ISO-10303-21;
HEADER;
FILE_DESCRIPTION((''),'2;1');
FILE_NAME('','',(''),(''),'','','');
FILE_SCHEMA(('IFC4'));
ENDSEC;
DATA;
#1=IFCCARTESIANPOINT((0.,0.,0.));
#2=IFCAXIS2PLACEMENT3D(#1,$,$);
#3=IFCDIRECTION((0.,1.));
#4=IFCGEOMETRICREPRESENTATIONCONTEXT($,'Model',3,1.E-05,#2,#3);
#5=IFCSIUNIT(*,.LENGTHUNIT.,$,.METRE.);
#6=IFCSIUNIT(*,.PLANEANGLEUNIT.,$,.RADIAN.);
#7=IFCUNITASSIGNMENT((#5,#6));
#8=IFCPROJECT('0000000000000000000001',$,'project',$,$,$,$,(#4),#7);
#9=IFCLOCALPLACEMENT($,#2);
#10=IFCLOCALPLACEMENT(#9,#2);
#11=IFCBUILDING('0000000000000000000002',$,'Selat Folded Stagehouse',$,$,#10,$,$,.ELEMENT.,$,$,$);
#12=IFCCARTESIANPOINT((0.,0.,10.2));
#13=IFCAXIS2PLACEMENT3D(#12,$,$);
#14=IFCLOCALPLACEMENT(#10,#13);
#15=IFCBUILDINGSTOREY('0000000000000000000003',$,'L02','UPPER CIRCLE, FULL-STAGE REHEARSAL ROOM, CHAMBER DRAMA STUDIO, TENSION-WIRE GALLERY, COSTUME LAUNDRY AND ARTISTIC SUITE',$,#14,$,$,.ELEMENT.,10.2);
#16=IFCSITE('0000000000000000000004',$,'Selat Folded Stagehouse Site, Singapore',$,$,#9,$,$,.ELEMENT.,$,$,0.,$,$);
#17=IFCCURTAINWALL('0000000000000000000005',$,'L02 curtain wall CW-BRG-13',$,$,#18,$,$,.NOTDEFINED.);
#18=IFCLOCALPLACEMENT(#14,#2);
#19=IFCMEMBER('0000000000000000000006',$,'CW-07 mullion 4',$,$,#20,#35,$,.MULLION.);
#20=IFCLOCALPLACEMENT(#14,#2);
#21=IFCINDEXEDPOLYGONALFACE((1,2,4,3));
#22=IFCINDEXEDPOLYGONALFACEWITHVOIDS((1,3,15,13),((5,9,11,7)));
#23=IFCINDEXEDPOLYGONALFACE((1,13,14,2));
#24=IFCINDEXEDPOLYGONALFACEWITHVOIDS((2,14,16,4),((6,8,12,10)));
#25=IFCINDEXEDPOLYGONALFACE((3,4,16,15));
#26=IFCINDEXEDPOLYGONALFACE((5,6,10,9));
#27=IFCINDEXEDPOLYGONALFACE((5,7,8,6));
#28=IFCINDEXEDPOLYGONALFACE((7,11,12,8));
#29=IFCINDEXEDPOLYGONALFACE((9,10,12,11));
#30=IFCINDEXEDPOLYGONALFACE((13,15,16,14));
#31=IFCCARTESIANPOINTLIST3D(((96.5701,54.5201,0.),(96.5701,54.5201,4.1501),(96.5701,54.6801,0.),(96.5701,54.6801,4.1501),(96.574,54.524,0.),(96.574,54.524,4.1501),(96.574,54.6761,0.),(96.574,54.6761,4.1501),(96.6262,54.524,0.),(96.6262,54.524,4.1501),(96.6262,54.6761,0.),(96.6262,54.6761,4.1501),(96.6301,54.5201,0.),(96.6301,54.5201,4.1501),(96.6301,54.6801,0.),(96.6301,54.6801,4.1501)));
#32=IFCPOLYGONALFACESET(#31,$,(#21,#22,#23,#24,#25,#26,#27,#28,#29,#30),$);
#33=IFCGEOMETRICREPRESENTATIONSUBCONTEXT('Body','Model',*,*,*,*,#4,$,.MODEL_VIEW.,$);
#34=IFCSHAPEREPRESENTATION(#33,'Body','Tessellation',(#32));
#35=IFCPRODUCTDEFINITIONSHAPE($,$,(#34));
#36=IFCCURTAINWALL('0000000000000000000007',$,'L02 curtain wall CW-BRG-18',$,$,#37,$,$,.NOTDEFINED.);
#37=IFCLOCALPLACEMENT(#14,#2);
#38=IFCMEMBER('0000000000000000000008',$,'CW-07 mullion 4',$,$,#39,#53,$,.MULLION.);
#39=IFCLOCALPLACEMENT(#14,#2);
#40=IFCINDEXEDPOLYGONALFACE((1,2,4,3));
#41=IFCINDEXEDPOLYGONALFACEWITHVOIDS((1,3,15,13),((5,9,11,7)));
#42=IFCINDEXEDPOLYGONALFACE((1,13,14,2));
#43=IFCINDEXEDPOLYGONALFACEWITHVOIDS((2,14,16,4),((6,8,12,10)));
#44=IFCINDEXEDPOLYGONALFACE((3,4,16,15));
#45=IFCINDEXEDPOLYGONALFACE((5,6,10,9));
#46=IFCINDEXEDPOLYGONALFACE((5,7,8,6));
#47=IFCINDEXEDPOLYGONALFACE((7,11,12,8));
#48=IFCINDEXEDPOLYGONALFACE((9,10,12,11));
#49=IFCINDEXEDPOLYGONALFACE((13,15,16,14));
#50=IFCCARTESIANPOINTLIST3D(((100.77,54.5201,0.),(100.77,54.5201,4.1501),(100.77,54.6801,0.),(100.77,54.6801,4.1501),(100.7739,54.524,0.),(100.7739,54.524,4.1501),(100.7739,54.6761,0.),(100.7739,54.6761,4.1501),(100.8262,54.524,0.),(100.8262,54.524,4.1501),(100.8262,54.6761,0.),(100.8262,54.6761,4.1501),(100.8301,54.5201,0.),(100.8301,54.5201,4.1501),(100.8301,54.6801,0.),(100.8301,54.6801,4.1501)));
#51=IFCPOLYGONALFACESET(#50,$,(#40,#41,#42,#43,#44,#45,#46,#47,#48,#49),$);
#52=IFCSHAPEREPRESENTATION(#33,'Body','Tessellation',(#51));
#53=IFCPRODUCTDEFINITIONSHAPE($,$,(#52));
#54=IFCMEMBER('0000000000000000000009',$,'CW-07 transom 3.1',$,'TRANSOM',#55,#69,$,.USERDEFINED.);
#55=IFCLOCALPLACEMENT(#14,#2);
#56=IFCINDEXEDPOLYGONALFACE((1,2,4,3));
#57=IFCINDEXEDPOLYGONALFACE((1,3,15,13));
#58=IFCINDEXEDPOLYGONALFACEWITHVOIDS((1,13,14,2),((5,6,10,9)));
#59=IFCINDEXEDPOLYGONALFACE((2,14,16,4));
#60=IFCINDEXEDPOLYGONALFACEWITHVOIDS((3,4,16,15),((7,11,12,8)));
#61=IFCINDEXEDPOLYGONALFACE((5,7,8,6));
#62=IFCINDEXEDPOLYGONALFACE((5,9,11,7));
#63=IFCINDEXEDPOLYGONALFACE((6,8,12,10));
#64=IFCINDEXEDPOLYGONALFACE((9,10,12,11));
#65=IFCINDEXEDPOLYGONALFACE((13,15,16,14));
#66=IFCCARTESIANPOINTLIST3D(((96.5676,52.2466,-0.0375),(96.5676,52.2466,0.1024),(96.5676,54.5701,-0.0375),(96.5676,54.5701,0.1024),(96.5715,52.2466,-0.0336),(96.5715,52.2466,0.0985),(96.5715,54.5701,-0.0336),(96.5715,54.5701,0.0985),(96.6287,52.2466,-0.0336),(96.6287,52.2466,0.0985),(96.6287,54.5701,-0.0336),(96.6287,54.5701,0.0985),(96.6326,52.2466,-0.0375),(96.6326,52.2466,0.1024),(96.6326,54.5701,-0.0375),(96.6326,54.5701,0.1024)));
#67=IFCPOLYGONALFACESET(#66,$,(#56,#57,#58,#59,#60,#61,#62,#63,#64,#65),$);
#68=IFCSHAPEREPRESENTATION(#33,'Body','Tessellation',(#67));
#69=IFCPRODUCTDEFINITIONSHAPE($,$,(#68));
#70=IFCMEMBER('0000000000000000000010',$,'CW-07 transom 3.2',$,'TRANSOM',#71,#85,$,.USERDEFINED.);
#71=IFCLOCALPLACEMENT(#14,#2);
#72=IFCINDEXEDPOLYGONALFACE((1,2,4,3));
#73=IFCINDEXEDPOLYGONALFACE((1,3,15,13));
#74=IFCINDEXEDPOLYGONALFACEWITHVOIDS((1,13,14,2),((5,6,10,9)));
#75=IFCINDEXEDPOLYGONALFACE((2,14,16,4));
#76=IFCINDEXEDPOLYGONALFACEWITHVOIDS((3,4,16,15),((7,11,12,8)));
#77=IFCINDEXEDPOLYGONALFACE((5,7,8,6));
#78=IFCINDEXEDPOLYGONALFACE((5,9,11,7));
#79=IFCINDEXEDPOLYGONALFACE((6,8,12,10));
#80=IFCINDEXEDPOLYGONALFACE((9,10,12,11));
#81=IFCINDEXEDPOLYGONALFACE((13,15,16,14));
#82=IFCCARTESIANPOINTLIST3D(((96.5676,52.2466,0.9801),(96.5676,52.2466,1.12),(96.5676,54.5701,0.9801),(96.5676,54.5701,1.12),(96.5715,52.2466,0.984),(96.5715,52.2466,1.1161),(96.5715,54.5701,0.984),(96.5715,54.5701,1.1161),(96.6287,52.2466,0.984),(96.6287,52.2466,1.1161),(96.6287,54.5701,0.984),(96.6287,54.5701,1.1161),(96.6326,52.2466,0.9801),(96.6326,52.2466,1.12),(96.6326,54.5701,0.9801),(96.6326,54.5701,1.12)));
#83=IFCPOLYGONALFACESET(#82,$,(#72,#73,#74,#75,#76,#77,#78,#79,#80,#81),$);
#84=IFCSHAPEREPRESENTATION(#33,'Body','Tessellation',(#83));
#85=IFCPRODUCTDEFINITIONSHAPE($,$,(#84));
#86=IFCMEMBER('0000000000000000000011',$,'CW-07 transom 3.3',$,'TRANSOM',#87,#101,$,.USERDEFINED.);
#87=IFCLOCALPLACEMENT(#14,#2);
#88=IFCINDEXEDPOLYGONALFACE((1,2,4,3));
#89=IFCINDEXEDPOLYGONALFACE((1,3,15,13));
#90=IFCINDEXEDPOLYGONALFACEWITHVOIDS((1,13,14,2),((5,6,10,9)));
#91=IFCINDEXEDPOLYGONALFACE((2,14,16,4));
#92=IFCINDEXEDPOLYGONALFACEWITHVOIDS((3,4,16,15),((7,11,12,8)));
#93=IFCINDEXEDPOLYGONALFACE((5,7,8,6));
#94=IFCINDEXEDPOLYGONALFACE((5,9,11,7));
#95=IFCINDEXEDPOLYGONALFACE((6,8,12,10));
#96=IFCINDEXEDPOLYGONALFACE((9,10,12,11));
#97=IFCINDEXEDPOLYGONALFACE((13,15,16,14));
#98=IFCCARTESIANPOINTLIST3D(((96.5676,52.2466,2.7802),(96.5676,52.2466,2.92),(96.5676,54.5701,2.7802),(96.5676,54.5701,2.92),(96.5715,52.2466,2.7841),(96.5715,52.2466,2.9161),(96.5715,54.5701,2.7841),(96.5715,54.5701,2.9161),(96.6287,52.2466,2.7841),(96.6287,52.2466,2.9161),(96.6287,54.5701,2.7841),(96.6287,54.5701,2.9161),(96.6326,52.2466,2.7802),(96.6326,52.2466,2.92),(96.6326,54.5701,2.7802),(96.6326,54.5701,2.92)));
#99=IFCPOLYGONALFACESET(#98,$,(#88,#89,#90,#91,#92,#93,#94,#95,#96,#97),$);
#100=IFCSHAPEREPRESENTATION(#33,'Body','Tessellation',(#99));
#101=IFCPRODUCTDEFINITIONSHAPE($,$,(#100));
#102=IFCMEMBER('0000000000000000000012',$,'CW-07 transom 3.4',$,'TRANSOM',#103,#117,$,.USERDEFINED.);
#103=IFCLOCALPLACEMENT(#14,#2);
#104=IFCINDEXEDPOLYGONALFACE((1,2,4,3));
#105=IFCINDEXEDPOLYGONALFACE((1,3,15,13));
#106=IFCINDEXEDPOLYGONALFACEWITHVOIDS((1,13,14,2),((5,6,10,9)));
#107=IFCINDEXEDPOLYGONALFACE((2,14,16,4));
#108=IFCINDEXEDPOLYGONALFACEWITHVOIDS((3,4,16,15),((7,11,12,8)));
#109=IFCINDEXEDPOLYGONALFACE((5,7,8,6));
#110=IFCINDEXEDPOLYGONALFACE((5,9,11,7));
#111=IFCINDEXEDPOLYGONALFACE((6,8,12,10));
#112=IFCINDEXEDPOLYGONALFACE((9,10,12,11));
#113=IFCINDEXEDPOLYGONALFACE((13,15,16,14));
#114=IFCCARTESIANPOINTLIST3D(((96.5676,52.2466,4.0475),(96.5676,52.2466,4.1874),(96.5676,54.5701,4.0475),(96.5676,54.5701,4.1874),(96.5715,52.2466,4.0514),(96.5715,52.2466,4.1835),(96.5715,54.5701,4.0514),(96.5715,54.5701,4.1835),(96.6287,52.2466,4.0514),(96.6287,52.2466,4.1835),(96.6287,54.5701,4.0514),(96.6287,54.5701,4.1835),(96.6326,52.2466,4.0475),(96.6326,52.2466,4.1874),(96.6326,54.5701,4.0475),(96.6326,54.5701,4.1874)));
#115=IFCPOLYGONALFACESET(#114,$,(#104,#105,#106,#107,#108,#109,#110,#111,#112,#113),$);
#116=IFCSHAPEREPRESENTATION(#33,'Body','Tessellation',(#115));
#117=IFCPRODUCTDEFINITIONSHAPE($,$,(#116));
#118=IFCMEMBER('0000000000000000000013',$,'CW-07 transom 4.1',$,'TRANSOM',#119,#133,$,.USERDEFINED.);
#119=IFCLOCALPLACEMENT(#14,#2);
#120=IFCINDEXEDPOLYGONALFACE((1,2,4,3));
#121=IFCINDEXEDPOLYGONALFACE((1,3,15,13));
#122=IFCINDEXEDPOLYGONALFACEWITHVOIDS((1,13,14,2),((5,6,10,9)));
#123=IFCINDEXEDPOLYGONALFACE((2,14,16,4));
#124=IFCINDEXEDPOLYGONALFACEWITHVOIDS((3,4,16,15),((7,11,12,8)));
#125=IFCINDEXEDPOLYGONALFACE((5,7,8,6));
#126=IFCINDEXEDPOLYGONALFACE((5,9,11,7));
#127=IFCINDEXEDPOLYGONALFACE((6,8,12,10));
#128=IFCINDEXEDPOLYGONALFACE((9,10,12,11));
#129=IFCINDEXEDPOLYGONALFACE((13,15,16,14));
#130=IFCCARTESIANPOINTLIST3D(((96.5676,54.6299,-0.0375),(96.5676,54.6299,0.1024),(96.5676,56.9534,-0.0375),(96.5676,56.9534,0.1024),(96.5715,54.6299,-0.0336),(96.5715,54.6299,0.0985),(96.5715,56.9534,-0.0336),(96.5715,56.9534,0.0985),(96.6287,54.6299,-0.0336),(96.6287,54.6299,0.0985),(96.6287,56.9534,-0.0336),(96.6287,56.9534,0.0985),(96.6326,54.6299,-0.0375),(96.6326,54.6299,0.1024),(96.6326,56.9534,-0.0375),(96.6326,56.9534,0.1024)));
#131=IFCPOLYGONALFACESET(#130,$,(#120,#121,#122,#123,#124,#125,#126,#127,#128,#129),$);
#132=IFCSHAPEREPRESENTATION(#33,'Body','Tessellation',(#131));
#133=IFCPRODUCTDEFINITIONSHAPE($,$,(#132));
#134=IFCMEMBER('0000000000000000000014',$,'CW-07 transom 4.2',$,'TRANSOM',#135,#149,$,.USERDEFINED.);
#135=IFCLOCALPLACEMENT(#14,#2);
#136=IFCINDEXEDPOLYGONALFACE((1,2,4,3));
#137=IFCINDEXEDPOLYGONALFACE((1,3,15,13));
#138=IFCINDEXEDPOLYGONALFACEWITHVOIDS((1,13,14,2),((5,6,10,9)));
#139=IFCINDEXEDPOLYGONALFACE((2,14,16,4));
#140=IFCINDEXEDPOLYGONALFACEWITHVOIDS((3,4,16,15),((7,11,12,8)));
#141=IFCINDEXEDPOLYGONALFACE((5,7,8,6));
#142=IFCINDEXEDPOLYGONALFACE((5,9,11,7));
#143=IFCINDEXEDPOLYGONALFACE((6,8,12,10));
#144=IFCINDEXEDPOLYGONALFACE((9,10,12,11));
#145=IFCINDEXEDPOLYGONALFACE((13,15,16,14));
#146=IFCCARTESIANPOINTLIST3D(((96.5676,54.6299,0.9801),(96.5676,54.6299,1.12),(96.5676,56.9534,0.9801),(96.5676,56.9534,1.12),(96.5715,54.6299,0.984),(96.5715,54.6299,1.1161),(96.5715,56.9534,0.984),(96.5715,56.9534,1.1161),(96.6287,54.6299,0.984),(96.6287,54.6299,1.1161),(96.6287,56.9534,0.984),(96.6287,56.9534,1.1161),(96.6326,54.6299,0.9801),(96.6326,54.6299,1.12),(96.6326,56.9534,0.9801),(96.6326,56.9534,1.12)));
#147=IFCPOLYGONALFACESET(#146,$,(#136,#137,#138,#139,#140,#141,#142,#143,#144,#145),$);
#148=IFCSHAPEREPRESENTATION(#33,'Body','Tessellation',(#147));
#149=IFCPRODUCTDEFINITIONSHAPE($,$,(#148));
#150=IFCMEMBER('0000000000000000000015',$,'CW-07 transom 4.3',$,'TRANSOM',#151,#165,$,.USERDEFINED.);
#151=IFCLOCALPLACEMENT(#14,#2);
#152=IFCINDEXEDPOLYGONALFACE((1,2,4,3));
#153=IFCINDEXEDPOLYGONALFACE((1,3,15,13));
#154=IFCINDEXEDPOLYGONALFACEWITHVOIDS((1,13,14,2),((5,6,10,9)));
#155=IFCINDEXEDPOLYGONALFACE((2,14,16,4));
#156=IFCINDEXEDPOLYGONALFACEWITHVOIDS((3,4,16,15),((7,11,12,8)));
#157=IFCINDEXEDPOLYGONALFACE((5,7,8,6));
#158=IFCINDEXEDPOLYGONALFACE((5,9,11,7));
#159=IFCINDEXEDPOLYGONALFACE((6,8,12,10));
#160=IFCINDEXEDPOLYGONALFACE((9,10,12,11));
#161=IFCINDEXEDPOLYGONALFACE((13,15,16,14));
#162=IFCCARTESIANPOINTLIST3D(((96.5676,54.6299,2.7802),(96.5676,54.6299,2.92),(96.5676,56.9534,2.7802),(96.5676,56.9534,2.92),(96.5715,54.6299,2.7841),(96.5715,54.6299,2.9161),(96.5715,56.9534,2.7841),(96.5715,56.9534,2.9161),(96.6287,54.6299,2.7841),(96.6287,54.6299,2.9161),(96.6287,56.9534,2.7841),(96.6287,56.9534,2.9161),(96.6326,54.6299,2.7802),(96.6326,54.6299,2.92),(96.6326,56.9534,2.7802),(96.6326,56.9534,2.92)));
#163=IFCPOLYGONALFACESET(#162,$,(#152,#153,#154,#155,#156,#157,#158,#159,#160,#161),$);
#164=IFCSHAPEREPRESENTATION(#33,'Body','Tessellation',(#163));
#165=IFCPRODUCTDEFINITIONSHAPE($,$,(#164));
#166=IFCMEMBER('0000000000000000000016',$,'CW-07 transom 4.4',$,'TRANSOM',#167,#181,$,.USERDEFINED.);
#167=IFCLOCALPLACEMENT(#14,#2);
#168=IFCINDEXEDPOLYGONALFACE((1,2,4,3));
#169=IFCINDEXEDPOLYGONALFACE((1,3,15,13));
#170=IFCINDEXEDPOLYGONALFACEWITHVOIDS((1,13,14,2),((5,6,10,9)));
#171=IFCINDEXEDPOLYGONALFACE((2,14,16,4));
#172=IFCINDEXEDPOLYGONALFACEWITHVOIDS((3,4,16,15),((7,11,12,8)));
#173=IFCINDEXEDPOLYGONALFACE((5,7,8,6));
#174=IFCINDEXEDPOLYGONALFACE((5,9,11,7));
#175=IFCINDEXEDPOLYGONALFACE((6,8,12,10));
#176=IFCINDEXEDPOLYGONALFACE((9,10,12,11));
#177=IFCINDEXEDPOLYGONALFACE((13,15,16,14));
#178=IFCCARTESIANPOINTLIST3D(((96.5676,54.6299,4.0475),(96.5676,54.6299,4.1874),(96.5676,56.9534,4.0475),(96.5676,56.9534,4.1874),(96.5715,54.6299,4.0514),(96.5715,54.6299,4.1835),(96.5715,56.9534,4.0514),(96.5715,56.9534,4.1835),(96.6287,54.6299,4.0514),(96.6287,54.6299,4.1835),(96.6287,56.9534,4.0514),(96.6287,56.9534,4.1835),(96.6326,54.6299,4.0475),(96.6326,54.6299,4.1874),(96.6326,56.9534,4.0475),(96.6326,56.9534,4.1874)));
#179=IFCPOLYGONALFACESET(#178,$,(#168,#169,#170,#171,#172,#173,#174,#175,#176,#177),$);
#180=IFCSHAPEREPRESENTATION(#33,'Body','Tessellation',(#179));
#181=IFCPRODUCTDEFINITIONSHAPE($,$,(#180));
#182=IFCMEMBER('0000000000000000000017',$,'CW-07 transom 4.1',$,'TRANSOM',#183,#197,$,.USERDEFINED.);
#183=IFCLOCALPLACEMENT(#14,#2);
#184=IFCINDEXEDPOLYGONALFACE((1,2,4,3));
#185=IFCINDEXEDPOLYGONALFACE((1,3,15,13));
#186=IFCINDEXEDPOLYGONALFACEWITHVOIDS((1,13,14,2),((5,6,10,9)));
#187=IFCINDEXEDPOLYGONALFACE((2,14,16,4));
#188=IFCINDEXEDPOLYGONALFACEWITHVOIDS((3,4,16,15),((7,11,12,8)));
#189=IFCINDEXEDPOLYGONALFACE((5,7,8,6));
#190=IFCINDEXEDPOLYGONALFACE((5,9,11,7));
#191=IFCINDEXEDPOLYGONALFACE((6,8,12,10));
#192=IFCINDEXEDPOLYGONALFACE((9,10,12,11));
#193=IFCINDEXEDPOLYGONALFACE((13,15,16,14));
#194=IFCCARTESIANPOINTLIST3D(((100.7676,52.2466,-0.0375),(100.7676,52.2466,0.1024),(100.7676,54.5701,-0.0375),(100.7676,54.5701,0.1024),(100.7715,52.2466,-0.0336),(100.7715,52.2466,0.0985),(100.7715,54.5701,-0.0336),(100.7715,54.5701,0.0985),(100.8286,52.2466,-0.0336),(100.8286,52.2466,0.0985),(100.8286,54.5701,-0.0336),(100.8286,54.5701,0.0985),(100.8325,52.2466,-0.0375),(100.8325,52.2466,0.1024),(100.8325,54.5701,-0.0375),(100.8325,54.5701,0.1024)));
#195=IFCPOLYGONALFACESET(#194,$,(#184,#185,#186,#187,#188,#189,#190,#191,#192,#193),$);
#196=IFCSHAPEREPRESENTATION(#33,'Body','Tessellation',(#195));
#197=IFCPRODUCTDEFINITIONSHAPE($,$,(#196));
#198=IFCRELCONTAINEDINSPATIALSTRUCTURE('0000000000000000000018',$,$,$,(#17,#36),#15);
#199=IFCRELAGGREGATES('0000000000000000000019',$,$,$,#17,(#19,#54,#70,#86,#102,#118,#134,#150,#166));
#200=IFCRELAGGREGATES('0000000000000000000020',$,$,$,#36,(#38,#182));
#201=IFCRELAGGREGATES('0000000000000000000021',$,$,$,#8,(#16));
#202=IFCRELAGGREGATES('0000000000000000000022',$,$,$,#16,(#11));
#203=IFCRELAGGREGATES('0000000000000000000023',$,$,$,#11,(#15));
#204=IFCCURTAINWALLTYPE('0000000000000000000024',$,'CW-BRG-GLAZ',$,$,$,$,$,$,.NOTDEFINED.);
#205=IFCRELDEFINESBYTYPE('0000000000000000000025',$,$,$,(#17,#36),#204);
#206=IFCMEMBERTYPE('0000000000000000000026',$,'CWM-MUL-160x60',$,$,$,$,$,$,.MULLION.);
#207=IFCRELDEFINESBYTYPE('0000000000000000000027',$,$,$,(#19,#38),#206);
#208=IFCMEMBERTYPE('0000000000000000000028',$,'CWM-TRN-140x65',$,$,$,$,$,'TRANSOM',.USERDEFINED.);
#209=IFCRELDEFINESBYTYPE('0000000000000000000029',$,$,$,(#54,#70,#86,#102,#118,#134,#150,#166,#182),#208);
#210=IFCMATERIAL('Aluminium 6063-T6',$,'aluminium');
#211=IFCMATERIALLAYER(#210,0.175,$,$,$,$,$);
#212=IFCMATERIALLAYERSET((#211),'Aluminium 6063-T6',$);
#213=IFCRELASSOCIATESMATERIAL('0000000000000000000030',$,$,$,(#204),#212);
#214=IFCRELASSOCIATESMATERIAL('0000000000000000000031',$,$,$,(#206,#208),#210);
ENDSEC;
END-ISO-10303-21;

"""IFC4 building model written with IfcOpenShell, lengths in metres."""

from ifc_helpers import new_model, si_unit, direction, frame, origin, origin_2d, place, context, subcontext, project, spatial, hollow_rectangle, extrude, material, layer, layer_set, material_profile, profile_set, type_object, element, aggregate, save


model = new_model("IFC4")

# Units and contexts
model_context = context("Model", 3, precision=1e-05, world=origin(), true_north=direction((0.0, 1.0)))
body_context = subcontext(model_context, "Body", "Model", "MODEL_VIEW")
ifc_project = project(units=[si_unit("LENGTHUNIT", "METRE"), si_unit("PLANEANGLEUNIT", "RADIAN")], contexts=[model_context])

# Site, building, storey
site_placement = place(None, origin())
site = spatial("IfcSite", under=ifc_project, at=site_placement, Name="Selat Folded Stagehouse Site, Singapore", CompositionType="ELEMENT", RefElevation=0.0)
building_placement = place(site_placement, origin())
building = spatial("IfcBuilding", under=site, at=building_placement, Name="Selat Folded Stagehouse", CompositionType="ELEMENT")
storey_placement = place(building_placement, frame((0.0, 0.0, 10.2)))
storey = spatial("IfcBuildingStorey", under=building, at=storey_placement, Name="L02", Description="UPPER CIRCLE, FULL-STAGE REHEARSAL ROOM, CHAMBER DRAMA STUDIO, TENSION-WIRE GALLERY, COSTUME LAUNDRY AND ARTISTIC SUITE", CompositionType="ELEMENT", Elevation=10.2)

# Curtain walls, members
ifc_material_1 = material(Name="Aluminium 6063-T6", Category="aluminium")
ifc_layer_1 = layer(ifc_material_1, 0.175)
ifc_layer_set_1 = layer_set([ifc_layer_1], Name="Aluminium 6063-T6")
curtain_wall_type = type_object("IfcCurtainWallType", Name="CW-BRG-GLAZ", PredefinedType="NOTDEFINED", material=ifc_layer_set_1)
curtain_wall_1_placement = place(storey_placement, origin())
curtain_wall_1 = element("IfcCurtainWall", 1, at=curtain_wall_1_placement, inside=storey, type_object=curtain_wall_type, Name="L02 curtain wall CW-BRG-13", PredefinedType="NOTDEFINED")
ifc_material_profile_1 = material_profile(ifc_material_1, hollow_rectangle(XDim=0.0601, YDim=0.1599, WallThickness=0.0039, at=origin_2d()), Name="ALU 160x60x4.0")
ifc_profile_set_1 = profile_set([ifc_material_profile_1], Name="Aluminium 6063-T6")
member_type_1 = type_object("IfcMemberType", Name="CWM-MUL-160x60", PredefinedType="MULLION", material=ifc_profile_set_1)
member_1_placement = place(storey_placement, frame((96.6001, 54.6001, 0.0), z_axis=(0.0, 0.0, 1.0), x_axis=(-1.0, 0.0, 0.0)))
member_1 = element("IfcMember", 2, at=member_1_placement, type_object=member_type_1, Name="CW-07 mullion 4", PredefinedType="MULLION", context=body_context, shape_type="SweptSolid", body=[
    extrude(hollow_rectangle(XDim=0.0601, YDim=0.1599, WallThickness=0.0039, at=origin_2d()), origin(), (0.0, 0.0, 1.0), 4.1501),
])
curtain_wall_2_placement = place(storey_placement, origin())
curtain_wall_2 = element("IfcCurtainWall", 3, at=curtain_wall_2_placement, inside=storey, type_object=curtain_wall_type, Name="L02 curtain wall CW-BRG-18", PredefinedType="NOTDEFINED")
member_2_placement = place(storey_placement, frame((100.8, 54.6001, 0.0), z_axis=(0.0, 0.0, 1.0), x_axis=(1.0, 0.0, 0.0)))
member_2 = element("IfcMember", 4, at=member_2_placement, type_object=member_type_1, Name="CW-07 mullion 4", PredefinedType="MULLION", context=body_context, shape_type="SweptSolid", body=[
    extrude(hollow_rectangle(XDim=0.0601, YDim=0.1599, WallThickness=0.0039, at=origin_2d()), origin(), (0.0, 0.0, 1.0), 4.1501),
])

# Members
ifc_material_profile_2 = material_profile(ifc_material_1, hollow_rectangle(XDim=0.0649, YDim=0.1399, WallThickness=0.0039, at=origin_2d()), Name="ALU 140x65x4.0")
ifc_profile_set_2 = profile_set([ifc_material_profile_2], Name="Aluminium 6063-T6")
member_type_2 = type_object("IfcMemberType", Name="CWM-TRN-140x65", ElementType="TRANSOM", PredefinedType="USERDEFINED", material=ifc_profile_set_2)
member_3_placement = place(storey_placement, frame((96.6001, 52.2466, 0.0325), z_axis=(0.0, 1.0, 0.0), x_axis=(-1.0, 0.0, 0.0)))
member_3 = element("IfcMember", 5, at=member_3_placement, type_object=member_type_2, Name="CW-07 transom 3.1", ObjectType="TRANSOM", PredefinedType="USERDEFINED", context=body_context, shape_type="SweptSolid", body=[
    extrude(hollow_rectangle(XDim=0.0649, YDim=0.1399, WallThickness=0.0039, at=origin_2d()), origin(), (0.0, 0.0, 1.0), 2.3235),
])
member_4_placement = place(storey_placement, frame((96.6001, 52.2466, 1.05), z_axis=(0.0, 1.0, 0.0), x_axis=(-1.0, 0.0, 0.0)))
member_4 = element("IfcMember", 6, at=member_4_placement, type_object=member_type_2, Name="CW-07 transom 3.2", ObjectType="TRANSOM", PredefinedType="USERDEFINED", context=body_context, shape_type="SweptSolid", body=[
    extrude(hollow_rectangle(XDim=0.0649, YDim=0.1399, WallThickness=0.0039, at=origin_2d()), origin(), (0.0, 0.0, 1.0), 2.3235),
])
member_5_placement = place(storey_placement, frame((96.6001, 52.2466, 2.8501), z_axis=(0.0, 1.0, 0.0), x_axis=(-1.0, 0.0, 0.0)))
member_5 = element("IfcMember", 7, at=member_5_placement, type_object=member_type_2, Name="CW-07 transom 3.3", ObjectType="TRANSOM", PredefinedType="USERDEFINED", context=body_context, shape_type="SweptSolid", body=[
    extrude(hollow_rectangle(XDim=0.0649, YDim=0.1399, WallThickness=0.0039, at=origin_2d()), origin(), (0.0, 0.0, 1.0), 2.3235),
])
member_6_placement = place(storey_placement, frame((96.6001, 52.2466, 4.1174), z_axis=(0.0, 1.0, 0.0), x_axis=(-1.0, 0.0, 0.0)))
member_6 = element("IfcMember", 8, at=member_6_placement, type_object=member_type_2, Name="CW-07 transom 3.4", ObjectType="TRANSOM", PredefinedType="USERDEFINED", context=body_context, shape_type="SweptSolid", body=[
    extrude(hollow_rectangle(XDim=0.0649, YDim=0.1399, WallThickness=0.0039, at=origin_2d()), origin(), (0.0, 0.0, 1.0), 2.3235),
])
member_7_placement = place(storey_placement, frame((96.6001, 54.6299, 0.0325), z_axis=(0.0, 1.0, 0.0), x_axis=(-1.0, 0.0, 0.0)))
member_7 = element("IfcMember", 9, at=member_7_placement, type_object=member_type_2, Name="CW-07 transom 4.1", ObjectType="TRANSOM", PredefinedType="USERDEFINED", context=body_context, shape_type="SweptSolid", body=[
    extrude(hollow_rectangle(XDim=0.0649, YDim=0.1399, WallThickness=0.0039, at=origin_2d()), origin(), (0.0, 0.0, 1.0), 2.3235),
])
member_8_placement = place(storey_placement, frame((96.6001, 54.6299, 1.05), z_axis=(0.0, 1.0, 0.0), x_axis=(-1.0, 0.0, 0.0)))
member_8 = element("IfcMember", 10, at=member_8_placement, type_object=member_type_2, Name="CW-07 transom 4.2", ObjectType="TRANSOM", PredefinedType="USERDEFINED", context=body_context, shape_type="SweptSolid", body=[
    extrude(hollow_rectangle(XDim=0.0649, YDim=0.1399, WallThickness=0.0039, at=origin_2d()), origin(), (0.0, 0.0, 1.0), 2.3235),
])
member_9_placement = place(storey_placement, frame((96.6001, 54.6299, 2.8501), z_axis=(0.0, 1.0, 0.0), x_axis=(-1.0, 0.0, 0.0)))
member_9 = element("IfcMember", 11, at=member_9_placement, type_object=member_type_2, Name="CW-07 transom 4.3", ObjectType="TRANSOM", PredefinedType="USERDEFINED", context=body_context, shape_type="SweptSolid", body=[
    extrude(hollow_rectangle(XDim=0.0649, YDim=0.1399, WallThickness=0.0039, at=origin_2d()), origin(), (0.0, 0.0, 1.0), 2.3235),
])
member_10_placement = place(storey_placement, frame((96.6001, 54.6299, 4.1174), z_axis=(0.0, 1.0, 0.0), x_axis=(-1.0, 0.0, 0.0)))
member_10 = element("IfcMember", 12, at=member_10_placement, type_object=member_type_2, Name="CW-07 transom 4.4", ObjectType="TRANSOM", PredefinedType="USERDEFINED", context=body_context, shape_type="SweptSolid", body=[
    extrude(hollow_rectangle(XDim=0.0649, YDim=0.1399, WallThickness=0.0039, at=origin_2d()), origin(), (0.0, 0.0, 1.0), 2.3235),
])
member_11_placement = place(storey_placement, frame((100.8, 54.5701, 0.0325), z_axis=(0.0, -1.0, 0.0), x_axis=(1.0, 0.0, 0.0)))
member_11 = element("IfcMember", 13, at=member_11_placement, type_object=member_type_2, Name="CW-07 transom 4.1", ObjectType="TRANSOM", PredefinedType="USERDEFINED", context=body_context, shape_type="SweptSolid", body=[
    extrude(hollow_rectangle(XDim=0.0649, YDim=0.1399, WallThickness=0.0039, at=origin_2d()), origin(), (0.0, 0.0, 1.0), 2.3235),
])

aggregate(curtain_wall_1, [member_1, member_3, member_4, member_5, member_6, member_7, member_8, member_9, member_10])
aggregate(curtain_wall_2, [member_2, member_11])

save(model, "model.ifc")
